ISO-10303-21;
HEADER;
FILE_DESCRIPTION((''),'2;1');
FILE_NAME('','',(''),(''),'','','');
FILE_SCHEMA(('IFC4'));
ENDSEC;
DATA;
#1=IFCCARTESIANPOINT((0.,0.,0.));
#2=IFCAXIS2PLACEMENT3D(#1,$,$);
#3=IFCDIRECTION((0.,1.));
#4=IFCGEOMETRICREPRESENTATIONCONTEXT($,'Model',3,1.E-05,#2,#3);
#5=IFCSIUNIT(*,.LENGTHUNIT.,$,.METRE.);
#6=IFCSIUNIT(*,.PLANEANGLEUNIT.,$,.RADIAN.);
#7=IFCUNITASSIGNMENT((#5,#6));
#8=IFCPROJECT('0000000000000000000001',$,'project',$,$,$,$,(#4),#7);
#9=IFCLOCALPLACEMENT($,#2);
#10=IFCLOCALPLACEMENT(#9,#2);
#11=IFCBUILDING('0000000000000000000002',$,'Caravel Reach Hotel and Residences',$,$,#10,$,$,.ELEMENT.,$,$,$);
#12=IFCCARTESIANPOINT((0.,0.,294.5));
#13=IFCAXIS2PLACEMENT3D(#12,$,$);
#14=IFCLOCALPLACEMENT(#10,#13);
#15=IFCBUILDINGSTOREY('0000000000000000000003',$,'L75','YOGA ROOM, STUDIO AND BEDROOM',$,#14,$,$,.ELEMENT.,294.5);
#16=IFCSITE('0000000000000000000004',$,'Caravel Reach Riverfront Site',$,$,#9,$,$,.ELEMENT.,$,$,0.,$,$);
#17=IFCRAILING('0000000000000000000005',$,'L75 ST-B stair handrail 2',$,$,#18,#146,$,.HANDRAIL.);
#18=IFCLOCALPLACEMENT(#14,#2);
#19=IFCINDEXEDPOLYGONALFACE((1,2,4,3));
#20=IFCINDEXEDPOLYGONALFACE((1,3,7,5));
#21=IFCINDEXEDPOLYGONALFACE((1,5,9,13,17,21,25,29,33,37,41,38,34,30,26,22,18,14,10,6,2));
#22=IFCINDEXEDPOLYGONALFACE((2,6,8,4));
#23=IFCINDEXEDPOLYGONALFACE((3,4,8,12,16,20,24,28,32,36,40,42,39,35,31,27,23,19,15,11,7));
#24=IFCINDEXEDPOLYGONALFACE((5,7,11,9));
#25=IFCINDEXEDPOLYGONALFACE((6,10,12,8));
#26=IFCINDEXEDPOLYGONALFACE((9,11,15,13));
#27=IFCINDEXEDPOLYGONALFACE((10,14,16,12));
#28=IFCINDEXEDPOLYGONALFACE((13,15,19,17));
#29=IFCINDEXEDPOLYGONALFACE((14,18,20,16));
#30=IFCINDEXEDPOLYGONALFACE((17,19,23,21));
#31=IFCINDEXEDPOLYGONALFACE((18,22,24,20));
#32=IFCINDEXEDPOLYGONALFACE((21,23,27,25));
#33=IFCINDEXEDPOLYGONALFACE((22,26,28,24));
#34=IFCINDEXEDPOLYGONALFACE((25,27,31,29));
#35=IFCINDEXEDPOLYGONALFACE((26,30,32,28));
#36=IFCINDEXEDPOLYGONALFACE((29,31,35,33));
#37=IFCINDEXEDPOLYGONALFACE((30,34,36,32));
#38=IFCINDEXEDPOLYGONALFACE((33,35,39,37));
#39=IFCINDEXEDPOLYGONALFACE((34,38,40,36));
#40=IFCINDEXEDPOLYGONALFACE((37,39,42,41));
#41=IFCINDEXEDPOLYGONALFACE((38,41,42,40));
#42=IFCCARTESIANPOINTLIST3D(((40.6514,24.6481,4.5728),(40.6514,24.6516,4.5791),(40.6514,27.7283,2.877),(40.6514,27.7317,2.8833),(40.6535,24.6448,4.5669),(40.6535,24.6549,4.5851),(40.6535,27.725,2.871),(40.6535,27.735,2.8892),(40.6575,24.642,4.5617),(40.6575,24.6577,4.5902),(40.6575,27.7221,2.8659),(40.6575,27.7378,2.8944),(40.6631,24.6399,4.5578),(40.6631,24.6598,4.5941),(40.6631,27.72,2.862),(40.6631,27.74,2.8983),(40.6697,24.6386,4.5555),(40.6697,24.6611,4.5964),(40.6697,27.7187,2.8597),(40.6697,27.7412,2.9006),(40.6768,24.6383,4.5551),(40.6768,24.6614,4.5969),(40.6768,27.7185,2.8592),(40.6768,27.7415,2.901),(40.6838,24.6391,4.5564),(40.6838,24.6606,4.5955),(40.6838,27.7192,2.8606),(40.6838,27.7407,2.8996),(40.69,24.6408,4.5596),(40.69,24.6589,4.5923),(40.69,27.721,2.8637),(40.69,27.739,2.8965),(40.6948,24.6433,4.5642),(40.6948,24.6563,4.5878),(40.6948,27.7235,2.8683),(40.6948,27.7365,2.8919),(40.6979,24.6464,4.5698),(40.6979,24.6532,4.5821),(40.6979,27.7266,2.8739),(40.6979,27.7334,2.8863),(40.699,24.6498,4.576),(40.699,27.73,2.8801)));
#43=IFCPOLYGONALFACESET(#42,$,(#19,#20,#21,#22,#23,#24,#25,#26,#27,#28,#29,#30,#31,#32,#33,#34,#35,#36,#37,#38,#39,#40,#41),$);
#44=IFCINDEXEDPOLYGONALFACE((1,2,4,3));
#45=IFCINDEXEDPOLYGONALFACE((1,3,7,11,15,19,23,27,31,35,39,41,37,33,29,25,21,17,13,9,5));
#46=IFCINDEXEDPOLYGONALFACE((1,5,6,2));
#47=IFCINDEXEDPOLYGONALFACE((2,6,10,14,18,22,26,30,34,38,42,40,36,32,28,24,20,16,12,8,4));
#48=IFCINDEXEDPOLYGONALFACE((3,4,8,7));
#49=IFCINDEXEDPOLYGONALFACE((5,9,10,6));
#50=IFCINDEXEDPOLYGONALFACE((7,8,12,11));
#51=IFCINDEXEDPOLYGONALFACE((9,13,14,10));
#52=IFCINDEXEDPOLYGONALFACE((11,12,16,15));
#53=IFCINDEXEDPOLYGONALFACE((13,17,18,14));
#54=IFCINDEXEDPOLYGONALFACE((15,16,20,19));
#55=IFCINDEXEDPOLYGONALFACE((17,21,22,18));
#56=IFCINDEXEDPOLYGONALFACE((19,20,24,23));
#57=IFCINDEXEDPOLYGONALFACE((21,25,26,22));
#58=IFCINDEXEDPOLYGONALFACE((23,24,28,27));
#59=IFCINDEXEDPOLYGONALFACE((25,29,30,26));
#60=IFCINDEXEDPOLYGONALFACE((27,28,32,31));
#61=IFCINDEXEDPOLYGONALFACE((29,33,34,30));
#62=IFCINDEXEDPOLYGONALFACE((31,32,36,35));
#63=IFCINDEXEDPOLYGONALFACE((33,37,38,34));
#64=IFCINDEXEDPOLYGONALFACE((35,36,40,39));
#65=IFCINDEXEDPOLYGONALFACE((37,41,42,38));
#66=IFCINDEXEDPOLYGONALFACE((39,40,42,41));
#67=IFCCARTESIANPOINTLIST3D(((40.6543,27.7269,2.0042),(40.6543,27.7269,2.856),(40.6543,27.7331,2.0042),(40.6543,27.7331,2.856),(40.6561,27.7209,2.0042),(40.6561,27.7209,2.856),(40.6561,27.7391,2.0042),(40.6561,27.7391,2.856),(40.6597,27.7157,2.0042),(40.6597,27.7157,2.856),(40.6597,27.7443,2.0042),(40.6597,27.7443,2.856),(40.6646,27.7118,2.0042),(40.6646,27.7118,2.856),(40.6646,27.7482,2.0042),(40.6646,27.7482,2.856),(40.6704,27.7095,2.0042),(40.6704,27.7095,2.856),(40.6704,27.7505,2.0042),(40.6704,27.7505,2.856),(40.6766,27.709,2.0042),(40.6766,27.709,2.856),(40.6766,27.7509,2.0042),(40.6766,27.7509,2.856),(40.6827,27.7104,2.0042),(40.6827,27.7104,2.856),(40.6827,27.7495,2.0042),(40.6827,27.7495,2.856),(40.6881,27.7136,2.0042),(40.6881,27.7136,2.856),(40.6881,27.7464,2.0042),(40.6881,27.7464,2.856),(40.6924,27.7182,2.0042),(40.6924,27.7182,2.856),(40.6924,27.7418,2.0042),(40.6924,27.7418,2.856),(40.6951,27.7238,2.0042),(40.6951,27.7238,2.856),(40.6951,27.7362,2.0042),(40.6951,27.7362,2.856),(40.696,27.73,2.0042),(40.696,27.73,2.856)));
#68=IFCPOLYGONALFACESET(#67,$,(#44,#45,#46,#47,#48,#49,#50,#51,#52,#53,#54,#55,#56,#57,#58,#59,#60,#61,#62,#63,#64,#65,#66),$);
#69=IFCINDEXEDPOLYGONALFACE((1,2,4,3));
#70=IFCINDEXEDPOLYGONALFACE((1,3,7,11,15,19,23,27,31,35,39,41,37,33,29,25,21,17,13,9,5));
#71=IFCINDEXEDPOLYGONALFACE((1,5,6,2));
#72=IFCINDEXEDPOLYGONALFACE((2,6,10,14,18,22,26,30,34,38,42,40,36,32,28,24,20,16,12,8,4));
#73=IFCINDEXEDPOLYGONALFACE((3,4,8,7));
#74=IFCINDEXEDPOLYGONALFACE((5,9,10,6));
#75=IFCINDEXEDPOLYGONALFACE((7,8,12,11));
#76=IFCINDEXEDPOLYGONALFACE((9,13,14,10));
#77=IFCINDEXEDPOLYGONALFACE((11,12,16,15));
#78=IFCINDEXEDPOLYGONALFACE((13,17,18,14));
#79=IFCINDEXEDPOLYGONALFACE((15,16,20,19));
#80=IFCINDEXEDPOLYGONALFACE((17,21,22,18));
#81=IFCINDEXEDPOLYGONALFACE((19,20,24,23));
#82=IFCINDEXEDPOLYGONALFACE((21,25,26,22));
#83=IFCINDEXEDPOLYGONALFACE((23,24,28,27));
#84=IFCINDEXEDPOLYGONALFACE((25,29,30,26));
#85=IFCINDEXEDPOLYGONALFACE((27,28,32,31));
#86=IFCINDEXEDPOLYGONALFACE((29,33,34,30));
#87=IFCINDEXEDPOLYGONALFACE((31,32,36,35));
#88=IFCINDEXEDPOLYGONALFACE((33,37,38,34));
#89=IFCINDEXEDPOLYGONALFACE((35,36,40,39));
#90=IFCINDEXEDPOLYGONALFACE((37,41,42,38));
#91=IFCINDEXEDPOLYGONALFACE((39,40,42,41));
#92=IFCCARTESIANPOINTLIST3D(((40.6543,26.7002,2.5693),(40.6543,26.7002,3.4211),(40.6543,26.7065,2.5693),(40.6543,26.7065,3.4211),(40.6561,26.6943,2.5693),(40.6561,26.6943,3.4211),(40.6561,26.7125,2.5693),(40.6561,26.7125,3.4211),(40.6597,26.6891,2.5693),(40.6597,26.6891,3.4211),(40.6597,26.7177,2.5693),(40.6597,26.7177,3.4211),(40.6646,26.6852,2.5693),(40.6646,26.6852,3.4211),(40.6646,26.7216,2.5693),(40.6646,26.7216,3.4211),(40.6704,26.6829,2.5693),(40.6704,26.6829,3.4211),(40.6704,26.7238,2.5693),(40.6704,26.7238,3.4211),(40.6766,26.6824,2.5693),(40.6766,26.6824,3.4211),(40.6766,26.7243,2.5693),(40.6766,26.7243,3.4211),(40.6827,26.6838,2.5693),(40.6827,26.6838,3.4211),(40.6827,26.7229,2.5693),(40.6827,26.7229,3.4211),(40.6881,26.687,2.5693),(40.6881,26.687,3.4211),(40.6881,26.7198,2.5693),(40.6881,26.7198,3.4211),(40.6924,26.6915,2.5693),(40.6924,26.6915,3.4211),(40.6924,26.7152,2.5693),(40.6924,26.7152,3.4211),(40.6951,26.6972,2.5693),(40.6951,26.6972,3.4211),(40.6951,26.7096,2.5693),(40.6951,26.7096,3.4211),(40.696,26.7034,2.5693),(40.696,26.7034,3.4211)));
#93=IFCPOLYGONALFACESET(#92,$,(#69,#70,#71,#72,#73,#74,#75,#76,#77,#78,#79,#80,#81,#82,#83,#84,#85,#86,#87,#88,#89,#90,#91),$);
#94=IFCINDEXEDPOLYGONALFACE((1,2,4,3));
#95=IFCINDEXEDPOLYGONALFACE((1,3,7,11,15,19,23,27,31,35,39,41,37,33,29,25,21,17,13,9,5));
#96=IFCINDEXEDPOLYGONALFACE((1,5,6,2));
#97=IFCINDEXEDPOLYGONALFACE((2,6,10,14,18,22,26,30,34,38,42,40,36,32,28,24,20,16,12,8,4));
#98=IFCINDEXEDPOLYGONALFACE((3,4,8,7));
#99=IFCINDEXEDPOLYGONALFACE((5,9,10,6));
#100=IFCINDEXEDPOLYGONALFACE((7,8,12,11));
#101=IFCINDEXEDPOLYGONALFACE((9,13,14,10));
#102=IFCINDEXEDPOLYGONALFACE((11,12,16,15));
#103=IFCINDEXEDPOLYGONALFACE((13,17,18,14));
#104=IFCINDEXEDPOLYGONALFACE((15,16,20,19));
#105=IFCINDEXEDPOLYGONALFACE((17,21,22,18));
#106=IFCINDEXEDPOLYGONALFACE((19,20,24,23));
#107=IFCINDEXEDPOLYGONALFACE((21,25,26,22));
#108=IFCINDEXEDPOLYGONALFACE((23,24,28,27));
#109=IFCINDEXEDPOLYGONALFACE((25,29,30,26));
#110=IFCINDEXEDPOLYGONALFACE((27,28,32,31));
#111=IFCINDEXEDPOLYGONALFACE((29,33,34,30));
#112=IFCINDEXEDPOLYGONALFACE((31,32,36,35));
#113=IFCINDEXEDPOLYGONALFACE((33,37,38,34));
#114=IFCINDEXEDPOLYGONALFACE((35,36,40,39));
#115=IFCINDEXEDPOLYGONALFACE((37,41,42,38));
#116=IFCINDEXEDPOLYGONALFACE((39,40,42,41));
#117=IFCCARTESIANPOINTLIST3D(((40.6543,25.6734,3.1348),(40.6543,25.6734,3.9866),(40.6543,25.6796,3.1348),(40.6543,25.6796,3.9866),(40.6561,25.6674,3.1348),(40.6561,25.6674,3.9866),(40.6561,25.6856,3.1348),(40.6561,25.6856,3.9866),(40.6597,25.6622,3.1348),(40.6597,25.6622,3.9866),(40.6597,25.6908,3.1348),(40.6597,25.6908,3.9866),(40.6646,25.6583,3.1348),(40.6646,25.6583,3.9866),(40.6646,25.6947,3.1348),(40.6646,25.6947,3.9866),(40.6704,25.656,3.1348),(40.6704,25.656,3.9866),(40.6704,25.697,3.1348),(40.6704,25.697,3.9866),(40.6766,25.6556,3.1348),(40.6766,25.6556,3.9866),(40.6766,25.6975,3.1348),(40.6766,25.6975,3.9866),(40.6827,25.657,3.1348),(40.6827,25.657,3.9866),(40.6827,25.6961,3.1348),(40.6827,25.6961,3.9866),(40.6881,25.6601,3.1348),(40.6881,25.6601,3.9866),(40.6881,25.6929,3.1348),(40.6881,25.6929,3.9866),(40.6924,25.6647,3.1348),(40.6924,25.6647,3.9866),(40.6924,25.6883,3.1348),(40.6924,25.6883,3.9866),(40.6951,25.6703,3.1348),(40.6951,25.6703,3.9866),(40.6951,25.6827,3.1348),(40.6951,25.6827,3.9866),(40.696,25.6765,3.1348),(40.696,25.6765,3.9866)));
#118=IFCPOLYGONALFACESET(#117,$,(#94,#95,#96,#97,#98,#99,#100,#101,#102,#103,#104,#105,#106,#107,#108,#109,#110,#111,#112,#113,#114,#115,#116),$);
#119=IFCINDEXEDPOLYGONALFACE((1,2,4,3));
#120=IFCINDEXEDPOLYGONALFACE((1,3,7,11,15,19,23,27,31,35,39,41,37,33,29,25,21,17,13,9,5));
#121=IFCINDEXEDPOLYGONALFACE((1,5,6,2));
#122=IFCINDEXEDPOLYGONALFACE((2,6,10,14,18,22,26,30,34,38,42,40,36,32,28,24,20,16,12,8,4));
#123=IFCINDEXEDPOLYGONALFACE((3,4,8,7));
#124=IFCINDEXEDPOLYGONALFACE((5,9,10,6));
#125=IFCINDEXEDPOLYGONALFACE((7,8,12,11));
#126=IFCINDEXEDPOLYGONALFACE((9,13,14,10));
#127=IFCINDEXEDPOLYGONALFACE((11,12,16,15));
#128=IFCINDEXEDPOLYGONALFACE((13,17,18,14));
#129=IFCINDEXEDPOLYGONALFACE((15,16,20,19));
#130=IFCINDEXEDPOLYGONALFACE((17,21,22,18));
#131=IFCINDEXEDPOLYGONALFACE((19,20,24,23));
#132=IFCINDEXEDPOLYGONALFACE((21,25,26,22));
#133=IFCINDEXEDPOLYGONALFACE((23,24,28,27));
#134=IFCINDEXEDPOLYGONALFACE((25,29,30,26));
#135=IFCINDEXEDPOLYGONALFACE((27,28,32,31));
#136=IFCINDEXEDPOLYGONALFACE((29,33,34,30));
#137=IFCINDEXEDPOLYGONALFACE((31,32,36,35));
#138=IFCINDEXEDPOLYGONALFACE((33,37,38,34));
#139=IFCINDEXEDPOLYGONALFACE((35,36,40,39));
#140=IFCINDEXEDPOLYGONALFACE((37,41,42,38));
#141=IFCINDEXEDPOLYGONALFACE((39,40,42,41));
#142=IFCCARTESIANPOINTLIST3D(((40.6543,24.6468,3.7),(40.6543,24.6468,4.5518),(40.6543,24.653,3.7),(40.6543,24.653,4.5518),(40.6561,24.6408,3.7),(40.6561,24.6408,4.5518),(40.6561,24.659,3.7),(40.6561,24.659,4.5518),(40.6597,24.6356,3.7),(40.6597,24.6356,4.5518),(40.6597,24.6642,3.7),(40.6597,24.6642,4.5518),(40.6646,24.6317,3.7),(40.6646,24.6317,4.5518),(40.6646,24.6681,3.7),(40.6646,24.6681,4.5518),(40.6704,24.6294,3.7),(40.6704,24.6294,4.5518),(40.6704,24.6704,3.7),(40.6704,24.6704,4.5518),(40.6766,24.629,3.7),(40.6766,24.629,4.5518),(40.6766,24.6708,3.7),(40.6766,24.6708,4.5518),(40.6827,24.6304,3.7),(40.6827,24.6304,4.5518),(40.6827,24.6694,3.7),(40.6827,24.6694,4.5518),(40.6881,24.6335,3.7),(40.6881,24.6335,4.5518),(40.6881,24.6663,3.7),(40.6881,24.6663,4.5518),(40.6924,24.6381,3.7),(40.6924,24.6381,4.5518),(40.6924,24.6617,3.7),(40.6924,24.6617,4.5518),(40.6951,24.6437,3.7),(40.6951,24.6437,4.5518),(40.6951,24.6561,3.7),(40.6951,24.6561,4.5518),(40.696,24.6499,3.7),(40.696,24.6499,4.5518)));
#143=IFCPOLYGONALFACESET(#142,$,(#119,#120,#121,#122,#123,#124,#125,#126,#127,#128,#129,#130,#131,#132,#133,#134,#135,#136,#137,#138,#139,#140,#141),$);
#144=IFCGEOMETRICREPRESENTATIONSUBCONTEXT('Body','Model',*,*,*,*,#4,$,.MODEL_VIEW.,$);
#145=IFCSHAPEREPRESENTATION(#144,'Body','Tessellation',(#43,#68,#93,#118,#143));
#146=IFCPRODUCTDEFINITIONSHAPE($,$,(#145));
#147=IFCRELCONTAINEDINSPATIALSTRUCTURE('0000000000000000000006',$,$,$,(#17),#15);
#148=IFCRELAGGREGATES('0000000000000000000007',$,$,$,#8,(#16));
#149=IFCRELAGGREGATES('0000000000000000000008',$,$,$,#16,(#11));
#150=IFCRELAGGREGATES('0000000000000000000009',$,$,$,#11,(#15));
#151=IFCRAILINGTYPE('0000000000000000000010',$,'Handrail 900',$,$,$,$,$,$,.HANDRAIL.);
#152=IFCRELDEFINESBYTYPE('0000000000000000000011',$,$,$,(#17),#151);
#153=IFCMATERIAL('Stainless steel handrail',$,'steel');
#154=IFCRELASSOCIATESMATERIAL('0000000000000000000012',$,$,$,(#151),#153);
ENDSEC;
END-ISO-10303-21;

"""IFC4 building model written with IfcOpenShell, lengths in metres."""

from ifc_helpers import new_model, si_unit, direction, frame, origin, origin_2d, place, context, subcontext, project, spatial, circle, extrude, material, type_object, element, save


model = new_model("IFC4")

# Units and contexts
model_context = context("Model", 3, precision=1e-05, world=origin(), true_north=direction((0.0, 1.0)))
body_context = subcontext(model_context, "Body", "Model", "MODEL_VIEW")
ifc_project = project(units=[si_unit("LENGTHUNIT", "METRE"), si_unit("PLANEANGLEUNIT", "RADIAN")], contexts=[model_context])

# Site, building, storey
site_placement = place(None, origin())
site = spatial("IfcSite", under=ifc_project, at=site_placement, Name="Caravel Reach Riverfront Site", CompositionType="ELEMENT", RefElevation=0.0)
building_placement = place(site_placement, origin())
building = spatial("IfcBuilding", under=site, at=building_placement, Name="Caravel Reach Hotel and Residences", CompositionType="ELEMENT")
storey_placement = place(building_placement, frame((0.0, 0.0, 294.5)))
storey = spatial("IfcBuildingStorey", under=building, at=storey_placement, Name="L75", Description="YOGA ROOM, STUDIO AND BEDROOM", CompositionType="ELEMENT", Elevation=294.5)

# Railing
ifc_material_1 = material(Name="Stainless steel handrail", Category="steel")
railing_type_1 = type_object("IfcRailingType", Name="Handrail 900", PredefinedType="HANDRAIL", material=ifc_material_1)
railing_1_placement = place(storey_placement, frame((40.675, 27.73, 2.0042)))
element("IfcRailing", 1, at=railing_1_placement, inside=storey, type_object=railing_type_1, Name="L75 ST-B stair handrail 2", PredefinedType="HANDRAIL", context=body_context, shape_type="SweptSolid", body=[
    extrude(circle(Radius=0.0239, at=origin_2d()), frame((0.0, 0.0, 0.876), z_axis=(0.0, -0.876005, 0.482303), x_axis=(1.0, 0.0, 0.0)), (0.0, 0.0, 1.0), 3.5161),
    extrude(circle(Radius=0.021, at=origin_2d()), origin(), (0.0, 0.0, 1.0), 0.8518),
    extrude(circle(Radius=0.021, at=origin_2d()), frame((0.0, -1.0266, 0.5652)), (0.0, 0.0, 1.0), 0.8518),
    extrude(circle(Radius=0.021, at=origin_2d()), frame((0.0, -2.0535, 1.1306)), (0.0, 0.0, 1.0), 0.8518),
    extrude(circle(Radius=0.021, at=origin_2d()), frame((0.0, -3.0801, 1.6958)), (0.0, 0.0, 1.0), 0.8518),
])

save(model, "model.ifc")
